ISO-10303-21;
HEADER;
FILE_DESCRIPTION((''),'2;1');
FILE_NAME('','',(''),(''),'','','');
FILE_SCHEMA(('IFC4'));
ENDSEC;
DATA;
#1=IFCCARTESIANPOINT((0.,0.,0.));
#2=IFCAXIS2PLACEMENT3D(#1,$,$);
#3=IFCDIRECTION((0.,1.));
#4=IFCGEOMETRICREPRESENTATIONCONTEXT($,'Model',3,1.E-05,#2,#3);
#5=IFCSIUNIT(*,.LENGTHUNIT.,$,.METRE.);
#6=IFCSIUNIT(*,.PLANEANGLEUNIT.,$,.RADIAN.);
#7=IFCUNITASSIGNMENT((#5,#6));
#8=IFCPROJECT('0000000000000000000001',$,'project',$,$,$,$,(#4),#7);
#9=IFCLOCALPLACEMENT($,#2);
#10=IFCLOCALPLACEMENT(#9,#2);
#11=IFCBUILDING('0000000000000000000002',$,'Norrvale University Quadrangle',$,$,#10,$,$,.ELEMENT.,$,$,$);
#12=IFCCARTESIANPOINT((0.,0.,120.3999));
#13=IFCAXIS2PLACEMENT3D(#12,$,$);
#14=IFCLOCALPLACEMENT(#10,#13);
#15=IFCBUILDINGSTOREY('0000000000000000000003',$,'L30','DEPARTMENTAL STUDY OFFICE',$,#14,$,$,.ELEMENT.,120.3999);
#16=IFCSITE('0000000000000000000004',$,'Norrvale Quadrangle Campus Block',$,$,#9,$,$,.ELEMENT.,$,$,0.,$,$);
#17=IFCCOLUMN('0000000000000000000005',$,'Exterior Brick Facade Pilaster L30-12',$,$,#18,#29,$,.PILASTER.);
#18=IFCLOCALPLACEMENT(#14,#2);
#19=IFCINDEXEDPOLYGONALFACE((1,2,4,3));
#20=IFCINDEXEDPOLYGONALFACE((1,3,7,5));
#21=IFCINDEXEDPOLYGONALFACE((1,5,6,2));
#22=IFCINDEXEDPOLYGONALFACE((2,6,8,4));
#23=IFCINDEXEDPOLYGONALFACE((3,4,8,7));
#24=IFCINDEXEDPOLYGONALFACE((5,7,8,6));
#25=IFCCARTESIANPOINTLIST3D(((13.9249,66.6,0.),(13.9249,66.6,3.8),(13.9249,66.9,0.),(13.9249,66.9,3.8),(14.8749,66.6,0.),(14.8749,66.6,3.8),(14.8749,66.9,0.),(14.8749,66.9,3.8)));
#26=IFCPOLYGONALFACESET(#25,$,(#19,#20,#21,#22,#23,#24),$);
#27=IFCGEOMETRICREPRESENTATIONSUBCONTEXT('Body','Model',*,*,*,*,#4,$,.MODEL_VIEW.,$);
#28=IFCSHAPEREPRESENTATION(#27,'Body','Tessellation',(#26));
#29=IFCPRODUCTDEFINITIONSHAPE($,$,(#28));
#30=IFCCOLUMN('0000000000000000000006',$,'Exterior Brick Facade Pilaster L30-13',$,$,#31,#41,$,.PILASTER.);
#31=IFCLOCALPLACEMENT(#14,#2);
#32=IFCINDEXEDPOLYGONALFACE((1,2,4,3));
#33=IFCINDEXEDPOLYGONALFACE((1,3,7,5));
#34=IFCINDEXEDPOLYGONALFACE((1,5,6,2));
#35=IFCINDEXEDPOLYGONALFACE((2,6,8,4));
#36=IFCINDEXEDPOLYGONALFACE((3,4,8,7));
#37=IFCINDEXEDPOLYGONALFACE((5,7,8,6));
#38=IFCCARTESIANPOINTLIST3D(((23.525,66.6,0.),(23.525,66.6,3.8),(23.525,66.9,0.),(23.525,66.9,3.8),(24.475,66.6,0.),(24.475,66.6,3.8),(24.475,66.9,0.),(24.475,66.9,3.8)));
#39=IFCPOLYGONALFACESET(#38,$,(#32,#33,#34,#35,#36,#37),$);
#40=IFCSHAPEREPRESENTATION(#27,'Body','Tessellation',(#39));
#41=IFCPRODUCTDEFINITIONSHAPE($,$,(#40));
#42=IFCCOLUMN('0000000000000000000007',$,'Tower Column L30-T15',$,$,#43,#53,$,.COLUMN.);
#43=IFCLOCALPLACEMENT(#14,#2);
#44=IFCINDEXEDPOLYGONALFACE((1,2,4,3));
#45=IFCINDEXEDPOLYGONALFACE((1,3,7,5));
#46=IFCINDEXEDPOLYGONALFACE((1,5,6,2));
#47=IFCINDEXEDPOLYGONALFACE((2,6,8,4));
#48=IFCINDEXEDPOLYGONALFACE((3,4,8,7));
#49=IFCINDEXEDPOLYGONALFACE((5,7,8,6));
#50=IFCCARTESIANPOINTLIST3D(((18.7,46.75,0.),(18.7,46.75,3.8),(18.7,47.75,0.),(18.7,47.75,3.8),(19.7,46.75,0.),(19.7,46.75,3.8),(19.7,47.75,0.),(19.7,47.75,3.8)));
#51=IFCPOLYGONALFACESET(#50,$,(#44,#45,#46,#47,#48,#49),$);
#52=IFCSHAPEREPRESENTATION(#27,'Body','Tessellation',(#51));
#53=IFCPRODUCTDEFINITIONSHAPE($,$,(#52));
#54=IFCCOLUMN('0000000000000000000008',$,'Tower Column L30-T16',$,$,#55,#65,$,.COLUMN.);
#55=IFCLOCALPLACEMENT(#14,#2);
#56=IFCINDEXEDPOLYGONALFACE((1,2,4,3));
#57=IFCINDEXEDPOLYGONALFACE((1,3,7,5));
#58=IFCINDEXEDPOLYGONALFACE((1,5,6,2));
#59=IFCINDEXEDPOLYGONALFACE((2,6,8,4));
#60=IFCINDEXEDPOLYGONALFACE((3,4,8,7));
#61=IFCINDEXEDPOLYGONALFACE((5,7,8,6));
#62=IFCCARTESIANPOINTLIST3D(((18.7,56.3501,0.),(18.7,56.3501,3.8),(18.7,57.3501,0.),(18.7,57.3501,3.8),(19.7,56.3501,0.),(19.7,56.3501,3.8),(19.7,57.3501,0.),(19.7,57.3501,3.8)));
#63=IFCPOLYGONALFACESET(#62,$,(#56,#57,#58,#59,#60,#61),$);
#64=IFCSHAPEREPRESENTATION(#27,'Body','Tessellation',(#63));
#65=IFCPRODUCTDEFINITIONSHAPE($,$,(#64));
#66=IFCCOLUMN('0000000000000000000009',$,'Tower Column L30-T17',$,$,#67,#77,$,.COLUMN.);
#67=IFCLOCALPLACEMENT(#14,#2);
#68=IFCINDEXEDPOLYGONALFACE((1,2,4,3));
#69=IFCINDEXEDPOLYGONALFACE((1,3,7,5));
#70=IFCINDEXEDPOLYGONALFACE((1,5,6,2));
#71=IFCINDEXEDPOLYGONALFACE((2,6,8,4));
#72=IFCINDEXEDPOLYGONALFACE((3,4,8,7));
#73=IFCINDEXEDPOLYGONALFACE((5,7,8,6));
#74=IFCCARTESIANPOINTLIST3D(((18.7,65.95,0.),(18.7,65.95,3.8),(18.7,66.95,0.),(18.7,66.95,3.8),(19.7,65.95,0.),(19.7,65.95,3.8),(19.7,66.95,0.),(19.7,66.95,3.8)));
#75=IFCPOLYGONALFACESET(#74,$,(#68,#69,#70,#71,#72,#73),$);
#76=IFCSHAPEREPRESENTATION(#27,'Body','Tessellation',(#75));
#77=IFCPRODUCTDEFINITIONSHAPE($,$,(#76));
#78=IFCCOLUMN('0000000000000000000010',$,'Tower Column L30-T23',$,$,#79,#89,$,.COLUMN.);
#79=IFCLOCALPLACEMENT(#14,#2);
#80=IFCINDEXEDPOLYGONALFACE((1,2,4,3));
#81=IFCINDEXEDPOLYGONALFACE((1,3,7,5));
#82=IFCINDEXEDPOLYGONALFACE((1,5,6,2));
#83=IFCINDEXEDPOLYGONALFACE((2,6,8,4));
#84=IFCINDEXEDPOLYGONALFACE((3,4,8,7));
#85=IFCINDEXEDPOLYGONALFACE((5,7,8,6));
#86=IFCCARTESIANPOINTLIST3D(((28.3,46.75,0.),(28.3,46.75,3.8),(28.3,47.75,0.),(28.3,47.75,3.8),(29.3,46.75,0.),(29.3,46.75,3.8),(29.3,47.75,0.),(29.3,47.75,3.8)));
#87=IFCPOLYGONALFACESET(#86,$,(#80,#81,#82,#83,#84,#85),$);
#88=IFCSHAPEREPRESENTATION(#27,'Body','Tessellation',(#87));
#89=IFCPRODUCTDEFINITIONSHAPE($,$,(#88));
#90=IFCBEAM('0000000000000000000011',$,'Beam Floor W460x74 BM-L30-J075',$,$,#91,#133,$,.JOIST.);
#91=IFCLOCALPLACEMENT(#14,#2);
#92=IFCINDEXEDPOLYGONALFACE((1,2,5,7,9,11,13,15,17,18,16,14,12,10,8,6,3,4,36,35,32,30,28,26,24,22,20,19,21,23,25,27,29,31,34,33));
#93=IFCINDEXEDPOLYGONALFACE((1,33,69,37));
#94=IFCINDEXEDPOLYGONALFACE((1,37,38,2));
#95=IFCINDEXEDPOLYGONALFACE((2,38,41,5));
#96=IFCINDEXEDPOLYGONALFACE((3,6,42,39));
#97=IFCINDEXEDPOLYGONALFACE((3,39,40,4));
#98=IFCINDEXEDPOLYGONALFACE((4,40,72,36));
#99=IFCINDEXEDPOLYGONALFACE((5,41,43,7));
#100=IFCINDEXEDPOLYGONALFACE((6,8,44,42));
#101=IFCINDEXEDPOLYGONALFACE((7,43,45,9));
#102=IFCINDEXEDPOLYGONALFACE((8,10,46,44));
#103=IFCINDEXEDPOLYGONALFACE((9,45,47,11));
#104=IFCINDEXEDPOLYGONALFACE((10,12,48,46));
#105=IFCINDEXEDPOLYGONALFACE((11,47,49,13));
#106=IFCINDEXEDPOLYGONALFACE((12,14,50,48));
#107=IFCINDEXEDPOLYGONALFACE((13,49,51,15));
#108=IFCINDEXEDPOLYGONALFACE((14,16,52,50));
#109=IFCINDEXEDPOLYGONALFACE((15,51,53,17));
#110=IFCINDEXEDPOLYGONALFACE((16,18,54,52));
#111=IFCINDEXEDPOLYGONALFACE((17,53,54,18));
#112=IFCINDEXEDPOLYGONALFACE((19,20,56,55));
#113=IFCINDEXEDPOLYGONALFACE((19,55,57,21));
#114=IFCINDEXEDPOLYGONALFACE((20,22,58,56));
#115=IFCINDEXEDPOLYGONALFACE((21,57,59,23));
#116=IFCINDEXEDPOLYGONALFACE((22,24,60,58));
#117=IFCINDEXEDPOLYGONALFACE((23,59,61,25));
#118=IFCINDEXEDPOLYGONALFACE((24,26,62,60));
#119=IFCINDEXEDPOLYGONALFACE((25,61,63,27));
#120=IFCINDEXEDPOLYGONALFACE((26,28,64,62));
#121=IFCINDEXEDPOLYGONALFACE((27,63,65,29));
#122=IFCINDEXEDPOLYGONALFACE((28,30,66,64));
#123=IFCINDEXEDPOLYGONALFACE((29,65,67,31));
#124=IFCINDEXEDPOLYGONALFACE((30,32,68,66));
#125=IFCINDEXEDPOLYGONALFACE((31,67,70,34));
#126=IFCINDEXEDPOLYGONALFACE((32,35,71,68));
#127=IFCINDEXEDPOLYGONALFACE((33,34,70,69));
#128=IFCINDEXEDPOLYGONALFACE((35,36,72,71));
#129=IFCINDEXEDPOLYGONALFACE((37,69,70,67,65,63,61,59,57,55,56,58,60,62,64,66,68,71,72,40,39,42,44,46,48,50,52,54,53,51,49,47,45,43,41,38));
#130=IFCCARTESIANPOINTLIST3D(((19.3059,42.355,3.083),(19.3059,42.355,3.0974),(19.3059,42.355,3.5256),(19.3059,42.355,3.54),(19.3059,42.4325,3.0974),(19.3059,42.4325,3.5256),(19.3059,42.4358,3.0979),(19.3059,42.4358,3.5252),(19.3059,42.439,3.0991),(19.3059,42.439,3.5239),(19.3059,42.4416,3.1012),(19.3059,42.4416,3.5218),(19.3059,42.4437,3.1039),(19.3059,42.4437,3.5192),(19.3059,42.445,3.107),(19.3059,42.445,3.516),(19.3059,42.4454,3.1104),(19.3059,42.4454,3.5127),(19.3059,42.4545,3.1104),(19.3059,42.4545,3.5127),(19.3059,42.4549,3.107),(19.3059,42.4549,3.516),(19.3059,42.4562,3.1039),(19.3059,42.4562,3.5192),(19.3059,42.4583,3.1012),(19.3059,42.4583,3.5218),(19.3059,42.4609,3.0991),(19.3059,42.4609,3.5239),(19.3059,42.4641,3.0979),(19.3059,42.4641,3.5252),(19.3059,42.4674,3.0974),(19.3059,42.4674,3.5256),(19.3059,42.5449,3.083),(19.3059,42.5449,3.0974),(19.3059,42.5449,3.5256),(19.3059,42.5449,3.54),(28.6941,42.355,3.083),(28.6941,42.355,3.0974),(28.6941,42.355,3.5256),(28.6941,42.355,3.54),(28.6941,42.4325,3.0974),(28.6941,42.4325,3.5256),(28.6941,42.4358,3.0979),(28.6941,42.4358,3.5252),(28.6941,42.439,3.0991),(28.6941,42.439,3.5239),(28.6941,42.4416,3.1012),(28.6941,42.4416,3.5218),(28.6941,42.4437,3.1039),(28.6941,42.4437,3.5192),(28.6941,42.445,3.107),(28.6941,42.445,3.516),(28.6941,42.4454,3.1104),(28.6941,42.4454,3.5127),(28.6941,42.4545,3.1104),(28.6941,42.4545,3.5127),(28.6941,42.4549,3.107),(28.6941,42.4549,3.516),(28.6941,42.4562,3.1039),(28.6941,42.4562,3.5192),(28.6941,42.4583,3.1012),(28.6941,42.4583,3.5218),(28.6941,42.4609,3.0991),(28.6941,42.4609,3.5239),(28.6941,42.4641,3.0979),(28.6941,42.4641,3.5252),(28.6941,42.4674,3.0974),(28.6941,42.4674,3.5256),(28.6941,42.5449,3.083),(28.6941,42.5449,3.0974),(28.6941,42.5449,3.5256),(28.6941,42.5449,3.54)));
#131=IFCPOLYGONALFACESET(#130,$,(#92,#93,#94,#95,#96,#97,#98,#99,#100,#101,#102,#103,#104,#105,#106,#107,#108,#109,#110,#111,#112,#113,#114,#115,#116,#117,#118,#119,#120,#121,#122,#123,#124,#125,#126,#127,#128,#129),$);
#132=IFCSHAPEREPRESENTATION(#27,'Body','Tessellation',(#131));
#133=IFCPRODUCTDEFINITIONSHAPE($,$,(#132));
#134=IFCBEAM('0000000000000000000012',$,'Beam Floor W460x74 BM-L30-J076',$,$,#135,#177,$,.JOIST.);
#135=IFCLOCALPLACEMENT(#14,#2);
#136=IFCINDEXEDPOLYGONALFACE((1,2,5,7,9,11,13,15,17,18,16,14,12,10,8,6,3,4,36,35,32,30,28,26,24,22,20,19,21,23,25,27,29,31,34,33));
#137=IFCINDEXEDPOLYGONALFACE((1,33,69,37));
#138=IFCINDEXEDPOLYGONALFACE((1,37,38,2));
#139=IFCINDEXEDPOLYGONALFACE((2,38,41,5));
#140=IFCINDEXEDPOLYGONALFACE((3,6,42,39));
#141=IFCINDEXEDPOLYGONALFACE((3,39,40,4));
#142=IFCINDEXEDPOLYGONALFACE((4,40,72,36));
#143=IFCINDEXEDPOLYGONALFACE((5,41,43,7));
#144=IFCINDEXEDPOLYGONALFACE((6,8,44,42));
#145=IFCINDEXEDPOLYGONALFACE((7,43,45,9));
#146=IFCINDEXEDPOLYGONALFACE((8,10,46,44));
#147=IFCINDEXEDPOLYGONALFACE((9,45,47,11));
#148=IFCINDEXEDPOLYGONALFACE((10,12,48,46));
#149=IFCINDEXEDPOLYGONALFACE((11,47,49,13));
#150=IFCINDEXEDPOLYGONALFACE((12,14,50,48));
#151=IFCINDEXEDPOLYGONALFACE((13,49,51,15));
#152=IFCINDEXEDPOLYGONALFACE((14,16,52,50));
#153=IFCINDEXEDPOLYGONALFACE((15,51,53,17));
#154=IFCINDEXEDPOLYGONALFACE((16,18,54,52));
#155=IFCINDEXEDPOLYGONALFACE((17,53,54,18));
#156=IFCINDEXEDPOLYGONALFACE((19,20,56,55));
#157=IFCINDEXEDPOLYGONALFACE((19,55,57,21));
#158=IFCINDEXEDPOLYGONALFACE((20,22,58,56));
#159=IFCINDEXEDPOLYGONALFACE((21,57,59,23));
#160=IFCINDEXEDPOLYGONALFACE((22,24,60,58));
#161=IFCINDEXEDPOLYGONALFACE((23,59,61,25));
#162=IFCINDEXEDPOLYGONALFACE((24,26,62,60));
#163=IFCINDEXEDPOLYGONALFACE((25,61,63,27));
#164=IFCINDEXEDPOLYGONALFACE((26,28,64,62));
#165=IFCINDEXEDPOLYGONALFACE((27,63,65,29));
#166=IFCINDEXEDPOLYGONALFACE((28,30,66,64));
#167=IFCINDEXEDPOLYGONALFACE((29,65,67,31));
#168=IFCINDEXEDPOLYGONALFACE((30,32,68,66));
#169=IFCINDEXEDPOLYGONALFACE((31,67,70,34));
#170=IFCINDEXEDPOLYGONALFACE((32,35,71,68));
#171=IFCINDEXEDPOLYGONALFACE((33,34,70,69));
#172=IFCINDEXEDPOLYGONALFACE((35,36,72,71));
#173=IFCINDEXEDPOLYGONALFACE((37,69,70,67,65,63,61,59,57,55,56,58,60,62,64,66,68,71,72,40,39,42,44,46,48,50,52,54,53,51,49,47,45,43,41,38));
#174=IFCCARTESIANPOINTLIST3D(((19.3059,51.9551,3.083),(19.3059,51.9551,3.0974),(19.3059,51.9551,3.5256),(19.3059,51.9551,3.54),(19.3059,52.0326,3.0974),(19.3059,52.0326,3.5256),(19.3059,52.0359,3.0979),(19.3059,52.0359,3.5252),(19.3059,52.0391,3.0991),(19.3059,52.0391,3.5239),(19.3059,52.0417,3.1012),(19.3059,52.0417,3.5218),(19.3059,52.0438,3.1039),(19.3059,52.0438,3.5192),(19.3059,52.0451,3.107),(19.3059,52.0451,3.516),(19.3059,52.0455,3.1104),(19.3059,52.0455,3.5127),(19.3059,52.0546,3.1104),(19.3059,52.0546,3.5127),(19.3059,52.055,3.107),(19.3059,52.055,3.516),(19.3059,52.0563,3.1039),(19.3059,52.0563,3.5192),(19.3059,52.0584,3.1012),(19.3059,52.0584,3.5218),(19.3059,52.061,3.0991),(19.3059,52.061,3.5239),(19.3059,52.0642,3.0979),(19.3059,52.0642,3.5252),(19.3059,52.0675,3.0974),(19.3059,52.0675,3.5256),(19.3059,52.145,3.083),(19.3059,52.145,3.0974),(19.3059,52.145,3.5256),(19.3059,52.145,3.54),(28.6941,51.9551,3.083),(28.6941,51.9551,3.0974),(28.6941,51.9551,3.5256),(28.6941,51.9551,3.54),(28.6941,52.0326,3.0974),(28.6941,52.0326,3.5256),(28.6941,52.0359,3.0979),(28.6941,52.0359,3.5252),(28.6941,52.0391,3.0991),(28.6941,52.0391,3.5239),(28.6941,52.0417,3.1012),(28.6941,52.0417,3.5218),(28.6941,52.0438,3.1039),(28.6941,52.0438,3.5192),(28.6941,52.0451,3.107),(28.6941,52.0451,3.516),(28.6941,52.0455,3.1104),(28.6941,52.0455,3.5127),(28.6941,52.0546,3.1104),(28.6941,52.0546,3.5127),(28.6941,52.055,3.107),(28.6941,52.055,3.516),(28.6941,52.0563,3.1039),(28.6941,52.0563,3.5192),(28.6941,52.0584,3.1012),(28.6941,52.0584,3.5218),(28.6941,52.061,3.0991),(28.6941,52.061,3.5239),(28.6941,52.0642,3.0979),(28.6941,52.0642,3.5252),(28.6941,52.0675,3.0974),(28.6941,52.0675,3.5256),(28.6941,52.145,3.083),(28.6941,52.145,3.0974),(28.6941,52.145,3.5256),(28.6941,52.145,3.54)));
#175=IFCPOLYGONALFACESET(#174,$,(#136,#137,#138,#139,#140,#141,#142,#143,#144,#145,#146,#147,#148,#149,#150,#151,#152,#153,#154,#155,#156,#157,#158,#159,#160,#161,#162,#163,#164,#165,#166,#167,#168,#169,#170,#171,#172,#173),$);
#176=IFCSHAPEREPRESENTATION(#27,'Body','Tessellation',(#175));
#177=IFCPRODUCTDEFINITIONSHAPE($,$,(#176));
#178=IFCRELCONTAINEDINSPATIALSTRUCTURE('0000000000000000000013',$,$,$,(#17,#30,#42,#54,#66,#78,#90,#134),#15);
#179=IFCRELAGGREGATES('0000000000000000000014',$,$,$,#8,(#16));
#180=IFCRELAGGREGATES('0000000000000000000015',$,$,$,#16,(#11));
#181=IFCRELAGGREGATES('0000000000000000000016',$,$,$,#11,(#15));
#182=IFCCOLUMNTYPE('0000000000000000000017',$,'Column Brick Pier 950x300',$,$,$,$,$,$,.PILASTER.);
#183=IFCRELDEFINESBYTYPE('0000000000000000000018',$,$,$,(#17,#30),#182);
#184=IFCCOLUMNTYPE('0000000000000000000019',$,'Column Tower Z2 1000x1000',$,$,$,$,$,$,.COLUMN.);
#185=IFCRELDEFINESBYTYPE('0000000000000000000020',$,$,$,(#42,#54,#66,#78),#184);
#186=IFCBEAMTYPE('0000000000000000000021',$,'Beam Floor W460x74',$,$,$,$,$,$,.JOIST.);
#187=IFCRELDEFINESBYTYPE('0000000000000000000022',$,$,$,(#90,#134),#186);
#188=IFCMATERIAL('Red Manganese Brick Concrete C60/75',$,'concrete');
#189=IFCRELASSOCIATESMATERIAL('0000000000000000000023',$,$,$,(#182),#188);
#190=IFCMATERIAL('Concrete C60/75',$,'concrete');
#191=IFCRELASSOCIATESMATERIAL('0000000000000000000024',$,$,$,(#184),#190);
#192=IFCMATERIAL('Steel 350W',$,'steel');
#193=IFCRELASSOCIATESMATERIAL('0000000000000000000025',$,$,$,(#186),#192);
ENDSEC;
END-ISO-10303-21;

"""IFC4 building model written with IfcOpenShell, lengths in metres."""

from ifc_helpers import new_model, si_unit, direction, frame, origin, origin_2d, place, context, subcontext, project, spatial, rectangle, i_section, extrude, material, material_profile, profile_set, type_object, element, save


model = new_model("IFC4")

# Units and contexts
model_context = context("Model", 3, precision=1e-05, world=origin(), true_north=direction((0.0, 1.0)))
body_context = subcontext(model_context, "Body", "Model", "MODEL_VIEW")
ifc_project = project(units=[si_unit("LENGTHUNIT", "METRE"), si_unit("PLANEANGLEUNIT", "RADIAN")], contexts=[model_context])

# Site, building, storey
site_placement = place(None, origin())
site = spatial("IfcSite", under=ifc_project, at=site_placement, Name="Norrvale Quadrangle Campus Block", CompositionType="ELEMENT", RefElevation=0.0)
building_placement = place(site_placement, origin())
building = spatial("IfcBuilding", under=site, at=building_placement, Name="Norrvale University Quadrangle", CompositionType="ELEMENT")
storey_placement = place(building_placement, frame((0.0, 0.0, 120.3999)))
storey = spatial("IfcBuildingStorey", under=building, at=storey_placement, Name="L30", Description="DEPARTMENTAL STUDY OFFICE", CompositionType="ELEMENT", Elevation=120.3999)

# Columns
ifc_material_1 = material(Name="Red Manganese Brick Concrete C60/75", Category="concrete")
ifc_material_profile_1 = material_profile(ifc_material_1, rectangle(XDim=0.95, YDim=0.3, at=origin_2d()), Name="Red Manganese Brick Concrete C60/75")
ifc_profile_set_1 = profile_set([ifc_material_profile_1], Name="Red Manganese Brick Concrete C60/75")
column_type_1 = type_object("IfcColumnType", Name="Column Brick Pier 950x300", PredefinedType="PILASTER", material=ifc_profile_set_1)
for number, where, z_axis, x_axis, name in (
    (1, (14.3999, 66.75, 0.0), (0.0, 0.0, 1.0), (1.0, 0.0, 0.0), "Exterior Brick Facade Pilaster L30-12"),
    (2, (24.0, 66.75, 0.0), (0.0, 0.0, 1.0), (1.0, 0.0, 0.0), "Exterior Brick Facade Pilaster L30-13"),
):
    element("IfcColumn", number, at=place(storey_placement, frame(where, z_axis=z_axis, x_axis=x_axis)), inside=storey, type_object=column_type_1, Name=name, PredefinedType="PILASTER", context=body_context, shape_type="SweptSolid", body=[
        extrude(rectangle(XDim=0.95, YDim=0.3, at=origin_2d()), origin(), (0.0, 0.0, 1.0), 3.8),
    ])
ifc_material_2 = material(Name="Concrete C60/75", Category="concrete")
ifc_material_profile_2 = material_profile(ifc_material_2, rectangle(XDim=1.0, YDim=1.0, at=origin_2d()), Name="Concrete C60/75")
ifc_profile_set_2 = profile_set([ifc_material_profile_2], Name="Concrete C60/75")
column_type_2 = type_object("IfcColumnType", Name="Column Tower Z2 1000x1000", PredefinedType="COLUMN", material=ifc_profile_set_2)
for number, where, z_axis, x_axis, name in (
    (3, (19.2, 47.25, 0.0), (0.0, 0.0, 1.0), (1.0, 0.0, 0.0), "Tower Column L30-T15"),
    (4, (19.2, 56.8501, 0.0), (0.0, 0.0, 1.0), (1.0, 0.0, 0.0), "Tower Column L30-T16"),
    (5, (19.2, 66.45, 0.0), (0.0, 0.0, 1.0), (1.0, 0.0, 0.0), "Tower Column L30-T17"),
    (6, (28.8, 47.25, 0.0), (0.0, 0.0, 1.0), (1.0, 0.0, 0.0), "Tower Column L30-T23"),
):
    element("IfcColumn", number, at=place(storey_placement, frame(where, z_axis=z_axis, x_axis=x_axis)), inside=storey, type_object=column_type_2, Name=name, PredefinedType="COLUMN", context=body_context, shape_type="SweptSolid", body=[
        extrude(rectangle(XDim=1.0, YDim=1.0, at=origin_2d()), origin(), (0.0, 0.0, 1.0), 3.8),
    ])

# Beams
ifc_material_3 = material(Name="Steel 350W", Category="steel")
ifc_material_profile_3 = material_profile(ifc_material_3, i_section(OverallWidth=0.1899, OverallDepth=0.457, WebThickness=0.009, FlangeThickness=0.0144, FilletRadius=0.0129, at=origin_2d()), Name="Steel 350W")
ifc_profile_set_3 = profile_set([ifc_material_profile_3], Name="Steel 350W")
beam_type_1 = type_object("IfcBeamType", Name="Beam Floor W460x74", PredefinedType="JOIST", material=ifc_profile_set_3)
for number, where, z_axis, x_axis, name in (
    (7, (19.3059, 42.45, 3.3115), (1.0, 0.0, 0.0), (0.0, 1.0, 0.0), "Beam Floor W460x74 BM-L30-J075"),
    (8, (19.3059, 52.05, 3.3115), (1.0, 0.0, 0.0), (0.0, 1.0, 0.0), "Beam Floor W460x74 BM-L30-J076"),
):
    element("IfcBeam", number, at=place(storey_placement, frame(where, z_axis=z_axis, x_axis=x_axis)), inside=storey, type_object=beam_type_1, Name=name, PredefinedType="JOIST", context=body_context, shape_type="SweptSolid", body=[
        extrude(i_section(OverallWidth=0.1899, OverallDepth=0.457, WebThickness=0.009, FlangeThickness=0.0144, FilletRadius=0.0129, at=origin_2d()), origin(), (0.0, 0.0, 1.0), 9.3882),
    ])

save(model, "model.ifc")
